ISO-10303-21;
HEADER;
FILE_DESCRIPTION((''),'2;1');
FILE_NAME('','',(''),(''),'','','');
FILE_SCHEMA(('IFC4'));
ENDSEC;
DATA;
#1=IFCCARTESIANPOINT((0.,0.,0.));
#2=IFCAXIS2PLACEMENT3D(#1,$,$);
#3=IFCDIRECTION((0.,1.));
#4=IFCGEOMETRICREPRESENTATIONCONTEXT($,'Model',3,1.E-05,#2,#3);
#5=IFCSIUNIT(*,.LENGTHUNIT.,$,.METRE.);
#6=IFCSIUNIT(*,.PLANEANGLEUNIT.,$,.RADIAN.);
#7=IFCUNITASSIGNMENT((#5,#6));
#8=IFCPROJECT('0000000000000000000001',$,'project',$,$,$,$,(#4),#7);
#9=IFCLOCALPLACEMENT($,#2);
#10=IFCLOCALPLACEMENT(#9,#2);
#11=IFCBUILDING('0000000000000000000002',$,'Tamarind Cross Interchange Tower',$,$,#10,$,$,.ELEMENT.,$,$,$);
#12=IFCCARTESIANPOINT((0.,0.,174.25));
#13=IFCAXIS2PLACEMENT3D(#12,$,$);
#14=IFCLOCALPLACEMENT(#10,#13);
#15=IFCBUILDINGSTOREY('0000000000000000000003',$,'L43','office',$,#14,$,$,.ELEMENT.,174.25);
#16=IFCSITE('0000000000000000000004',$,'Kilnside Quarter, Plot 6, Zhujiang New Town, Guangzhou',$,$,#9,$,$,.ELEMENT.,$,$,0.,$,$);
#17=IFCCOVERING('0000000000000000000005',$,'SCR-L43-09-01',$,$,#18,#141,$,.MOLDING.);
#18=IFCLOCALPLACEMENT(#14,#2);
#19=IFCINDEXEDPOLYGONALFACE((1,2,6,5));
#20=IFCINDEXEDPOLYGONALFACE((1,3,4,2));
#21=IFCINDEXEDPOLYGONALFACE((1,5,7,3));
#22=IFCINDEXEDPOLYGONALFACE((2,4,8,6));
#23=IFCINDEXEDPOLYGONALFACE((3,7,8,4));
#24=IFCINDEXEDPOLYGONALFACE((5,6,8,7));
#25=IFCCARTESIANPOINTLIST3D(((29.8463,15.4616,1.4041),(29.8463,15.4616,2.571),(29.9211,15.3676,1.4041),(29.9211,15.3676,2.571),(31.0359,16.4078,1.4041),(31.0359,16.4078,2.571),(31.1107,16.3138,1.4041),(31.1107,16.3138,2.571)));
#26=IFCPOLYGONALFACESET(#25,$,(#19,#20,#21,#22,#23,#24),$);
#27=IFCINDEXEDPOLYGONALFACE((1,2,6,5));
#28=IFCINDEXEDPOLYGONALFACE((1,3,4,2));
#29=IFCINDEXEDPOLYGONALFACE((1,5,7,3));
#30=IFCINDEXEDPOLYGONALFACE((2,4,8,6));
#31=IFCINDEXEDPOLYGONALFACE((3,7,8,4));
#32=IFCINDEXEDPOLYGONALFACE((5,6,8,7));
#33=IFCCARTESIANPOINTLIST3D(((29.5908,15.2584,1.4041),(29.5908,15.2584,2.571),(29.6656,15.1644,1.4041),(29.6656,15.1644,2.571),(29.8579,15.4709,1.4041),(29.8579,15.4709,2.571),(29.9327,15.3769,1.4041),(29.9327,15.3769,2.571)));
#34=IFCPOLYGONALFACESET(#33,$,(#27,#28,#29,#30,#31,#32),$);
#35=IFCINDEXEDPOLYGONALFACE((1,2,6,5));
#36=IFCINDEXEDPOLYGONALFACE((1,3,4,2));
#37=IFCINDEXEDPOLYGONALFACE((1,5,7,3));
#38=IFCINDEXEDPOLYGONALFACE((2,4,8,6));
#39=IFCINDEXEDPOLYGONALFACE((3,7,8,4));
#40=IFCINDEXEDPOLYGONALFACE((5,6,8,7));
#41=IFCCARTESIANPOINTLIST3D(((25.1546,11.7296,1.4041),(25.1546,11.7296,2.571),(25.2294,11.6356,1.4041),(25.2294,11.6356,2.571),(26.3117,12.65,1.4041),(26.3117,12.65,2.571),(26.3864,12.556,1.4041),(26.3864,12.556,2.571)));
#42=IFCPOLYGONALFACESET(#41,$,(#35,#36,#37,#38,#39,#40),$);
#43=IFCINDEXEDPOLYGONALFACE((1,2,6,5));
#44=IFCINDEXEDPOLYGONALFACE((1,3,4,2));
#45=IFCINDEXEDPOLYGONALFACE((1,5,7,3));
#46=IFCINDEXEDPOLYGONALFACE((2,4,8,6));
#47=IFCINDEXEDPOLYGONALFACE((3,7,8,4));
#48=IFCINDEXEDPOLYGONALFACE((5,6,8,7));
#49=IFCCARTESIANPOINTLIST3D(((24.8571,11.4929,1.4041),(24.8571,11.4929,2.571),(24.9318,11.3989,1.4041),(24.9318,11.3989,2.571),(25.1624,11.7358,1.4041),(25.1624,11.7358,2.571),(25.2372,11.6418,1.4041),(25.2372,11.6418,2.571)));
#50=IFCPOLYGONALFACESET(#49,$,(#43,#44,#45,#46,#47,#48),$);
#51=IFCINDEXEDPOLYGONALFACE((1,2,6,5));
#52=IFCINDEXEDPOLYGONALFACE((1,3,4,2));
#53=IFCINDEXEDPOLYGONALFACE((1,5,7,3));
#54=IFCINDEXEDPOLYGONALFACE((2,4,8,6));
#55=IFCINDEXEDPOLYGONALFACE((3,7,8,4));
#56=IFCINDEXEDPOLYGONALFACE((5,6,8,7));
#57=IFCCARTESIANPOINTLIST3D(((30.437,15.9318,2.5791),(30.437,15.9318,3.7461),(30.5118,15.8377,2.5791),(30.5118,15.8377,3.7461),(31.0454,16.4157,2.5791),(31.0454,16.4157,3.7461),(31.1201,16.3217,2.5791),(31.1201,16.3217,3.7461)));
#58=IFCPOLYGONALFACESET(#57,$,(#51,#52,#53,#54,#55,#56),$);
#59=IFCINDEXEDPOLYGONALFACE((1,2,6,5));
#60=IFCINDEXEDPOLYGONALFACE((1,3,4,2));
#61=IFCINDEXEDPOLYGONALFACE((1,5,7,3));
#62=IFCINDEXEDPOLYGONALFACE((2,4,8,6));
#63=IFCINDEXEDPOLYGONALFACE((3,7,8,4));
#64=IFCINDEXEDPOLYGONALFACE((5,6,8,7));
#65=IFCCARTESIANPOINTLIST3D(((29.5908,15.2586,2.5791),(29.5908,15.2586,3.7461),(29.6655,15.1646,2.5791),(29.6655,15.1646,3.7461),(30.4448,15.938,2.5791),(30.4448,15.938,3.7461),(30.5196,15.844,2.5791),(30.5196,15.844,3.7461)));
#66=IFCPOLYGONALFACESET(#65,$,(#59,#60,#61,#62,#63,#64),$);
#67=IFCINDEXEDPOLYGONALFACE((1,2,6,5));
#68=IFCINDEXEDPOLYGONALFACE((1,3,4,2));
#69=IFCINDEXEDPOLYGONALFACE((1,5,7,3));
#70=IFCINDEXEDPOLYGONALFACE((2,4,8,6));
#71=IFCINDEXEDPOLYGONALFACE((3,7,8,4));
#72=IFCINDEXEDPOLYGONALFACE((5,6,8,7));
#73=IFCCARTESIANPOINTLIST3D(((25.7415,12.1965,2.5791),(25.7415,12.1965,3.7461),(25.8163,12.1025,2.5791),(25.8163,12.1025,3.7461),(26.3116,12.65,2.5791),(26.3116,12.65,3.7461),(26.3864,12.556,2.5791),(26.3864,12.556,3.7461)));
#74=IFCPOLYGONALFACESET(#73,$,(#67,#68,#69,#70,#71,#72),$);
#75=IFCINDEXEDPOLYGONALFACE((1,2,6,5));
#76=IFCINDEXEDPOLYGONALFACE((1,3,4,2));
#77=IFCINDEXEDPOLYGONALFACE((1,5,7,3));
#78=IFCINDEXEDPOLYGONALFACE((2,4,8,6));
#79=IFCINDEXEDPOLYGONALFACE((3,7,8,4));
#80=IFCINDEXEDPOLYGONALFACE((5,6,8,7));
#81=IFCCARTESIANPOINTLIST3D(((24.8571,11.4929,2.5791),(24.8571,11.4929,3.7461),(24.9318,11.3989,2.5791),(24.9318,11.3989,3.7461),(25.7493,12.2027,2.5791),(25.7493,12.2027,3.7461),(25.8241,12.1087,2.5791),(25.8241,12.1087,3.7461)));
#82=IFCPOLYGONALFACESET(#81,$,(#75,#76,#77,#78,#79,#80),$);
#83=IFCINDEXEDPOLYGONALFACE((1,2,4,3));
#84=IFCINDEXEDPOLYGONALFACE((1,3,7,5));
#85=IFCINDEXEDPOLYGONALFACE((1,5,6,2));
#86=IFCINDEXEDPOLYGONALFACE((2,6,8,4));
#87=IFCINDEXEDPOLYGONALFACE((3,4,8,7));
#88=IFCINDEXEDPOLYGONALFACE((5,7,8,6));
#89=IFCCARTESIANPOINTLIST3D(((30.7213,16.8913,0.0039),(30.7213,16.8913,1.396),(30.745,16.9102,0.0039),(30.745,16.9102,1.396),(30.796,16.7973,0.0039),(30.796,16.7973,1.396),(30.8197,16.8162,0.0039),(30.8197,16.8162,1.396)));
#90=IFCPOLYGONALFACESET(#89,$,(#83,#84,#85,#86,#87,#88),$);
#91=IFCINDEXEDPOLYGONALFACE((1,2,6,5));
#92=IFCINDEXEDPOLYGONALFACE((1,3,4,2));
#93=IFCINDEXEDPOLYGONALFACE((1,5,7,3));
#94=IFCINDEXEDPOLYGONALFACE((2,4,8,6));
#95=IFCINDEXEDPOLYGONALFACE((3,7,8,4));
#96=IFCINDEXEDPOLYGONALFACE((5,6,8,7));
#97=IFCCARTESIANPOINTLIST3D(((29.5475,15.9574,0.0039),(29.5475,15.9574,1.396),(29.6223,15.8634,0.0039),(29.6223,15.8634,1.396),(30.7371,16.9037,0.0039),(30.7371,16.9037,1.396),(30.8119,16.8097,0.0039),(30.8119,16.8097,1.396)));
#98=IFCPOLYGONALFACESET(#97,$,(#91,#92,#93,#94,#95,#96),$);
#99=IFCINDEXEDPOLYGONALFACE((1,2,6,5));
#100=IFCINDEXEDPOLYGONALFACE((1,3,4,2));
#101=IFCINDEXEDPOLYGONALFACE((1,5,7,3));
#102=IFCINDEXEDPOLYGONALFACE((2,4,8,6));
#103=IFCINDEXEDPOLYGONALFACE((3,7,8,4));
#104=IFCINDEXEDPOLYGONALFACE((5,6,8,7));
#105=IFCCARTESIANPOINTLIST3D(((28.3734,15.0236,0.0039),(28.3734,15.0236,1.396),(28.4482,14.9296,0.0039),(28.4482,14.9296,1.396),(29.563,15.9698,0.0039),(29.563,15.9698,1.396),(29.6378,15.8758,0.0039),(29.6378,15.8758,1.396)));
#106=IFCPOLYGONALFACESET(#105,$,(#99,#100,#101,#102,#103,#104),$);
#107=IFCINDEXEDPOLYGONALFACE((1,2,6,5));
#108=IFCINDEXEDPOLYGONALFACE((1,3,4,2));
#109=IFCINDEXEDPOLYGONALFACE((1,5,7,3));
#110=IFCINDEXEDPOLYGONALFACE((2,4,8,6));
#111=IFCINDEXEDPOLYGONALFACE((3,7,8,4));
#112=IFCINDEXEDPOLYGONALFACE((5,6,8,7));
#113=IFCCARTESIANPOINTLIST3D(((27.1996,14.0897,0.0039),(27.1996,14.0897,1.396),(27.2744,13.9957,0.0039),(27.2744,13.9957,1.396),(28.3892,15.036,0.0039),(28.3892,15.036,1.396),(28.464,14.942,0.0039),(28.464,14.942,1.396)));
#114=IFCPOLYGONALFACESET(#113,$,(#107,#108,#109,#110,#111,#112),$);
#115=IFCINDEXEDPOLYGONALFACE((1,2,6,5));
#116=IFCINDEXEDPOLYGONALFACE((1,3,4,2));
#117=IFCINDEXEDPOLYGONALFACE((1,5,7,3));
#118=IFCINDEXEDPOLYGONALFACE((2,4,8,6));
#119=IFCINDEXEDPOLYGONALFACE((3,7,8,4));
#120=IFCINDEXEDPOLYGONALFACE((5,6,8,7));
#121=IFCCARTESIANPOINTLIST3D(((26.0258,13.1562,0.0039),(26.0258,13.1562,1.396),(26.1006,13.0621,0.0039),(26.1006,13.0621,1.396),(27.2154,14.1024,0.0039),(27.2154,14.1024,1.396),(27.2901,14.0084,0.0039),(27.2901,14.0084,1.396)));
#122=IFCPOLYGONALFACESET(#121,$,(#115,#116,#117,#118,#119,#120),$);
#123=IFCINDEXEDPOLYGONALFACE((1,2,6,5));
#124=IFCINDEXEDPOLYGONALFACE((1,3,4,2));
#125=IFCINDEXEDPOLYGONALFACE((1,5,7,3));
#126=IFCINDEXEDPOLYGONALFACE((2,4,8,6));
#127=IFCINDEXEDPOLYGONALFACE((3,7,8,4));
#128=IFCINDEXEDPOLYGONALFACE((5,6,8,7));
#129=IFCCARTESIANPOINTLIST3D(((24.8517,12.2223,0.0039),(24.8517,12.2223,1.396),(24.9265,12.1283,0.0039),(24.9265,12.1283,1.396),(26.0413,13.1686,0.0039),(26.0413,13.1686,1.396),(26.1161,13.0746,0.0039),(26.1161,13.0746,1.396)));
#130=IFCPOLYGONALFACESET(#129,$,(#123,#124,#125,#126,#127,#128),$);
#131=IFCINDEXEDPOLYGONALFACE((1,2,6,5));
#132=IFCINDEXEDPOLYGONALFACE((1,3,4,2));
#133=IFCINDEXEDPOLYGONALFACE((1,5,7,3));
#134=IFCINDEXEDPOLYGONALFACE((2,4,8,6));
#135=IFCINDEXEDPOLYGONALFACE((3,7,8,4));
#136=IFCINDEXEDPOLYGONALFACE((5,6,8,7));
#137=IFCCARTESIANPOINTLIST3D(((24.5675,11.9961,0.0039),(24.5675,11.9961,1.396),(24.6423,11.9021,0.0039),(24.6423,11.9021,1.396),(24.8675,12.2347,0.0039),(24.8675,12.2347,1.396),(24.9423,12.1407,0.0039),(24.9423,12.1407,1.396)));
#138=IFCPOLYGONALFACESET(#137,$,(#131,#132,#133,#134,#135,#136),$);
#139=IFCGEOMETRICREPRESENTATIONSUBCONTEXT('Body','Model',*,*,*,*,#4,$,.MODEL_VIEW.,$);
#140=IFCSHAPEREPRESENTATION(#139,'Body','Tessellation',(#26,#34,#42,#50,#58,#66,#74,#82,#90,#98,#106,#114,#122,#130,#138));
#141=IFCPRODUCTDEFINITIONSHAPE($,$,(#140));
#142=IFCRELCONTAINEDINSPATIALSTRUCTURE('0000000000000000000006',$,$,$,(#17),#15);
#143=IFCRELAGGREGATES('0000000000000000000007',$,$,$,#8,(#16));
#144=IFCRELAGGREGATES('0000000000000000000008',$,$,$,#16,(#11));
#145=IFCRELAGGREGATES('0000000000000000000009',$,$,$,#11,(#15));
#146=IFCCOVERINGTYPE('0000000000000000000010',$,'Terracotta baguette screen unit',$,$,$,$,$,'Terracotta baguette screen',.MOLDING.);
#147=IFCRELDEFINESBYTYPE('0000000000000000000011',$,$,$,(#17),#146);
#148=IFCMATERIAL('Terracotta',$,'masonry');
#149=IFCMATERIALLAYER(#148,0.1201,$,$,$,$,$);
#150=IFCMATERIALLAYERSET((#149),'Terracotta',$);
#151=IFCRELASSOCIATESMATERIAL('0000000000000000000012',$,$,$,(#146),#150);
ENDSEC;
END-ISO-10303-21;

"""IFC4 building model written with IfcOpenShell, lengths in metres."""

from ifc_helpers import new_model, si_unit, direction, frame, origin, origin_2d, place, context, subcontext, project, spatial, rectangle, extrude, material, layer, layer_set, type_object, element, save


model = new_model("IFC4")

# Units and contexts
model_context = context("Model", 3, precision=1e-05, world=origin(), true_north=direction((0.0, 1.0)))
body_context = subcontext(model_context, "Body", "Model", "MODEL_VIEW")
ifc_project = project(units=[si_unit("LENGTHUNIT", "METRE"), si_unit("PLANEANGLEUNIT", "RADIAN")], contexts=[model_context])

# Site, building, storey
site_placement = place(None, origin())
site = spatial("IfcSite", under=ifc_project, at=site_placement, Name="Kilnside Quarter, Plot 6, Zhujiang New Town, Guangzhou", CompositionType="ELEMENT", RefElevation=0.0)
building_placement = place(site_placement, origin())
building = spatial("IfcBuilding", under=site, at=building_placement, Name="Tamarind Cross Interchange Tower", CompositionType="ELEMENT")
storey_placement = place(building_placement, frame((0.0, 0.0, 174.25)))
storey = spatial("IfcBuildingStorey", under=building, at=storey_placement, Name="L43", Description="office", CompositionType="ELEMENT", Elevation=174.25)

# Covering
ifc_material_1 = material(Name="Terracotta", Category="masonry")
ifc_layer_1 = layer(ifc_material_1, 0.1201)
ifc_layer_set_1 = layer_set([ifc_layer_1], Name="Terracotta")
covering_type = type_object("IfcCoveringType", Name="Terracotta baguette screen unit", ElementType="Terracotta baguette screen", PredefinedType="MOLDING", material=ifc_layer_set_1)
covering_1_placement = place(storey_placement, origin())
element("IfcCovering", 1, at=covering_1_placement, inside=storey, type_object=covering_type, Name="SCR-L43-09-01", PredefinedType="MOLDING", context=body_context, shape_type="SweptSolid", body=[
    extrude(rectangle(XDim=1.52, YDim=0.1201, at=origin_2d()), frame((30.4785, 15.8877, 1.4041), z_axis=(0.0, 0.0, 1.0), x_axis=(-0.7826, -0.622525, 0.0)), (0.0, 0.0, 1.0), 1.167),
    extrude(rectangle(XDim=0.3413, YDim=0.1201, at=origin_2d()), frame((29.7617, 15.3176, 1.4041), z_axis=(0.0, 0.0, 1.0), x_axis=(-0.7826, -0.622525, 0.0)), (0.0, 0.0, 1.0), 1.167),
    extrude(rectangle(XDim=1.4785, YDim=0.1201, at=origin_2d()), frame((25.7705, 12.1428, 1.4041), z_axis=(0.0, 0.0, 1.0), x_axis=(-0.7826, -0.622525, 0.0)), (0.0, 0.0, 1.0), 1.167),
    extrude(rectangle(XDim=0.3901, YDim=0.1201, at=origin_2d()), frame((25.0471, 11.5674, 1.4041), z_axis=(0.0, 0.0, 1.0), x_axis=(-0.7826, -0.622525, 0.0)), (0.0, 0.0, 1.0), 1.167),
    extrude(rectangle(XDim=0.7773, YDim=0.1201, at=origin_2d()), frame((30.7786, 16.1267, 2.5791), z_axis=(0.0, 0.0, 1.0), x_axis=(-0.7826, -0.622525, 0.0)), (0.0, 0.0, 1.0), 1.167),
    extrude(rectangle(XDim=1.0913, YDim=0.1201, at=origin_2d()), frame((30.0552, 15.5513, 2.5791), z_axis=(0.0, 0.0, 1.0), x_axis=(-0.7826, -0.622525, 0.0)), (0.0, 0.0, 1.0), 1.167),
    extrude(rectangle(XDim=0.7285, YDim=0.1201, at=origin_2d()), frame((26.064, 12.3762, 2.5791), z_axis=(0.0, 0.0, 1.0), x_axis=(-0.7826, -0.622525, 0.0)), (0.0, 0.0, 1.0), 1.167),
    extrude(rectangle(XDim=1.1401, YDim=0.1201, at=origin_2d()), frame((25.3406, 11.8008, 2.5791), z_axis=(0.0, 0.0, 1.0), x_axis=(-0.7826, -0.622525, 0.0)), (0.0, 0.0, 1.0), 1.167),
    extrude(rectangle(XDim=0.0303, YDim=0.1201, at=origin_2d()), frame((30.7705, 16.8538, 0.0039), z_axis=(0.0, 0.0, 1.0), x_axis=(-0.7826, -0.622525, 0.0)), (0.0, 0.0, 1.0), 1.3921),
    extrude(rectangle(XDim=1.52, YDim=0.1201, at=origin_2d()), frame((30.1797, 16.3835, 0.0039), z_axis=(0.0, 0.0, 1.0), x_axis=(-0.7826, -0.622525, 0.0)), (0.0, 0.0, 1.0), 1.3921),
    extrude(rectangle(XDim=1.52, YDim=0.1201, at=origin_2d()), frame((29.0056, 15.4497, 0.0039), z_axis=(0.0, 0.0, 1.0), x_axis=(-0.7826, -0.622525, 0.0)), (0.0, 0.0, 1.0), 1.3921),
    extrude(rectangle(XDim=1.52, YDim=0.1201, at=origin_2d()), frame((27.8318, 14.5159, 0.0039), z_axis=(0.0, 0.0, 1.0), x_axis=(-0.7826, -0.622525, 0.0)), (0.0, 0.0, 1.0), 1.3921),
    extrude(rectangle(XDim=1.52, YDim=0.1201, at=origin_2d()), frame((26.658, 13.5823, 0.0039), z_axis=(0.0, 0.0, 1.0), x_axis=(-0.7826, -0.622525, 0.0)), (0.0, 0.0, 1.0), 1.3921),
    extrude(rectangle(XDim=1.52, YDim=0.1201, at=origin_2d()), frame((25.4839, 12.6484, 0.0039), z_axis=(0.0, 0.0, 1.0), x_axis=(-0.7826, -0.622525, 0.0)), (0.0, 0.0, 1.0), 1.3921),
    extrude(rectangle(XDim=0.3833, YDim=0.1201, at=origin_2d()), frame((24.7549, 12.0684, 0.0039), z_axis=(0.0, 0.0, 1.0), x_axis=(-0.7826, -0.622525, 0.0)), (0.0, 0.0, 1.0), 1.3921),
])

save(model, "model.ifc")
